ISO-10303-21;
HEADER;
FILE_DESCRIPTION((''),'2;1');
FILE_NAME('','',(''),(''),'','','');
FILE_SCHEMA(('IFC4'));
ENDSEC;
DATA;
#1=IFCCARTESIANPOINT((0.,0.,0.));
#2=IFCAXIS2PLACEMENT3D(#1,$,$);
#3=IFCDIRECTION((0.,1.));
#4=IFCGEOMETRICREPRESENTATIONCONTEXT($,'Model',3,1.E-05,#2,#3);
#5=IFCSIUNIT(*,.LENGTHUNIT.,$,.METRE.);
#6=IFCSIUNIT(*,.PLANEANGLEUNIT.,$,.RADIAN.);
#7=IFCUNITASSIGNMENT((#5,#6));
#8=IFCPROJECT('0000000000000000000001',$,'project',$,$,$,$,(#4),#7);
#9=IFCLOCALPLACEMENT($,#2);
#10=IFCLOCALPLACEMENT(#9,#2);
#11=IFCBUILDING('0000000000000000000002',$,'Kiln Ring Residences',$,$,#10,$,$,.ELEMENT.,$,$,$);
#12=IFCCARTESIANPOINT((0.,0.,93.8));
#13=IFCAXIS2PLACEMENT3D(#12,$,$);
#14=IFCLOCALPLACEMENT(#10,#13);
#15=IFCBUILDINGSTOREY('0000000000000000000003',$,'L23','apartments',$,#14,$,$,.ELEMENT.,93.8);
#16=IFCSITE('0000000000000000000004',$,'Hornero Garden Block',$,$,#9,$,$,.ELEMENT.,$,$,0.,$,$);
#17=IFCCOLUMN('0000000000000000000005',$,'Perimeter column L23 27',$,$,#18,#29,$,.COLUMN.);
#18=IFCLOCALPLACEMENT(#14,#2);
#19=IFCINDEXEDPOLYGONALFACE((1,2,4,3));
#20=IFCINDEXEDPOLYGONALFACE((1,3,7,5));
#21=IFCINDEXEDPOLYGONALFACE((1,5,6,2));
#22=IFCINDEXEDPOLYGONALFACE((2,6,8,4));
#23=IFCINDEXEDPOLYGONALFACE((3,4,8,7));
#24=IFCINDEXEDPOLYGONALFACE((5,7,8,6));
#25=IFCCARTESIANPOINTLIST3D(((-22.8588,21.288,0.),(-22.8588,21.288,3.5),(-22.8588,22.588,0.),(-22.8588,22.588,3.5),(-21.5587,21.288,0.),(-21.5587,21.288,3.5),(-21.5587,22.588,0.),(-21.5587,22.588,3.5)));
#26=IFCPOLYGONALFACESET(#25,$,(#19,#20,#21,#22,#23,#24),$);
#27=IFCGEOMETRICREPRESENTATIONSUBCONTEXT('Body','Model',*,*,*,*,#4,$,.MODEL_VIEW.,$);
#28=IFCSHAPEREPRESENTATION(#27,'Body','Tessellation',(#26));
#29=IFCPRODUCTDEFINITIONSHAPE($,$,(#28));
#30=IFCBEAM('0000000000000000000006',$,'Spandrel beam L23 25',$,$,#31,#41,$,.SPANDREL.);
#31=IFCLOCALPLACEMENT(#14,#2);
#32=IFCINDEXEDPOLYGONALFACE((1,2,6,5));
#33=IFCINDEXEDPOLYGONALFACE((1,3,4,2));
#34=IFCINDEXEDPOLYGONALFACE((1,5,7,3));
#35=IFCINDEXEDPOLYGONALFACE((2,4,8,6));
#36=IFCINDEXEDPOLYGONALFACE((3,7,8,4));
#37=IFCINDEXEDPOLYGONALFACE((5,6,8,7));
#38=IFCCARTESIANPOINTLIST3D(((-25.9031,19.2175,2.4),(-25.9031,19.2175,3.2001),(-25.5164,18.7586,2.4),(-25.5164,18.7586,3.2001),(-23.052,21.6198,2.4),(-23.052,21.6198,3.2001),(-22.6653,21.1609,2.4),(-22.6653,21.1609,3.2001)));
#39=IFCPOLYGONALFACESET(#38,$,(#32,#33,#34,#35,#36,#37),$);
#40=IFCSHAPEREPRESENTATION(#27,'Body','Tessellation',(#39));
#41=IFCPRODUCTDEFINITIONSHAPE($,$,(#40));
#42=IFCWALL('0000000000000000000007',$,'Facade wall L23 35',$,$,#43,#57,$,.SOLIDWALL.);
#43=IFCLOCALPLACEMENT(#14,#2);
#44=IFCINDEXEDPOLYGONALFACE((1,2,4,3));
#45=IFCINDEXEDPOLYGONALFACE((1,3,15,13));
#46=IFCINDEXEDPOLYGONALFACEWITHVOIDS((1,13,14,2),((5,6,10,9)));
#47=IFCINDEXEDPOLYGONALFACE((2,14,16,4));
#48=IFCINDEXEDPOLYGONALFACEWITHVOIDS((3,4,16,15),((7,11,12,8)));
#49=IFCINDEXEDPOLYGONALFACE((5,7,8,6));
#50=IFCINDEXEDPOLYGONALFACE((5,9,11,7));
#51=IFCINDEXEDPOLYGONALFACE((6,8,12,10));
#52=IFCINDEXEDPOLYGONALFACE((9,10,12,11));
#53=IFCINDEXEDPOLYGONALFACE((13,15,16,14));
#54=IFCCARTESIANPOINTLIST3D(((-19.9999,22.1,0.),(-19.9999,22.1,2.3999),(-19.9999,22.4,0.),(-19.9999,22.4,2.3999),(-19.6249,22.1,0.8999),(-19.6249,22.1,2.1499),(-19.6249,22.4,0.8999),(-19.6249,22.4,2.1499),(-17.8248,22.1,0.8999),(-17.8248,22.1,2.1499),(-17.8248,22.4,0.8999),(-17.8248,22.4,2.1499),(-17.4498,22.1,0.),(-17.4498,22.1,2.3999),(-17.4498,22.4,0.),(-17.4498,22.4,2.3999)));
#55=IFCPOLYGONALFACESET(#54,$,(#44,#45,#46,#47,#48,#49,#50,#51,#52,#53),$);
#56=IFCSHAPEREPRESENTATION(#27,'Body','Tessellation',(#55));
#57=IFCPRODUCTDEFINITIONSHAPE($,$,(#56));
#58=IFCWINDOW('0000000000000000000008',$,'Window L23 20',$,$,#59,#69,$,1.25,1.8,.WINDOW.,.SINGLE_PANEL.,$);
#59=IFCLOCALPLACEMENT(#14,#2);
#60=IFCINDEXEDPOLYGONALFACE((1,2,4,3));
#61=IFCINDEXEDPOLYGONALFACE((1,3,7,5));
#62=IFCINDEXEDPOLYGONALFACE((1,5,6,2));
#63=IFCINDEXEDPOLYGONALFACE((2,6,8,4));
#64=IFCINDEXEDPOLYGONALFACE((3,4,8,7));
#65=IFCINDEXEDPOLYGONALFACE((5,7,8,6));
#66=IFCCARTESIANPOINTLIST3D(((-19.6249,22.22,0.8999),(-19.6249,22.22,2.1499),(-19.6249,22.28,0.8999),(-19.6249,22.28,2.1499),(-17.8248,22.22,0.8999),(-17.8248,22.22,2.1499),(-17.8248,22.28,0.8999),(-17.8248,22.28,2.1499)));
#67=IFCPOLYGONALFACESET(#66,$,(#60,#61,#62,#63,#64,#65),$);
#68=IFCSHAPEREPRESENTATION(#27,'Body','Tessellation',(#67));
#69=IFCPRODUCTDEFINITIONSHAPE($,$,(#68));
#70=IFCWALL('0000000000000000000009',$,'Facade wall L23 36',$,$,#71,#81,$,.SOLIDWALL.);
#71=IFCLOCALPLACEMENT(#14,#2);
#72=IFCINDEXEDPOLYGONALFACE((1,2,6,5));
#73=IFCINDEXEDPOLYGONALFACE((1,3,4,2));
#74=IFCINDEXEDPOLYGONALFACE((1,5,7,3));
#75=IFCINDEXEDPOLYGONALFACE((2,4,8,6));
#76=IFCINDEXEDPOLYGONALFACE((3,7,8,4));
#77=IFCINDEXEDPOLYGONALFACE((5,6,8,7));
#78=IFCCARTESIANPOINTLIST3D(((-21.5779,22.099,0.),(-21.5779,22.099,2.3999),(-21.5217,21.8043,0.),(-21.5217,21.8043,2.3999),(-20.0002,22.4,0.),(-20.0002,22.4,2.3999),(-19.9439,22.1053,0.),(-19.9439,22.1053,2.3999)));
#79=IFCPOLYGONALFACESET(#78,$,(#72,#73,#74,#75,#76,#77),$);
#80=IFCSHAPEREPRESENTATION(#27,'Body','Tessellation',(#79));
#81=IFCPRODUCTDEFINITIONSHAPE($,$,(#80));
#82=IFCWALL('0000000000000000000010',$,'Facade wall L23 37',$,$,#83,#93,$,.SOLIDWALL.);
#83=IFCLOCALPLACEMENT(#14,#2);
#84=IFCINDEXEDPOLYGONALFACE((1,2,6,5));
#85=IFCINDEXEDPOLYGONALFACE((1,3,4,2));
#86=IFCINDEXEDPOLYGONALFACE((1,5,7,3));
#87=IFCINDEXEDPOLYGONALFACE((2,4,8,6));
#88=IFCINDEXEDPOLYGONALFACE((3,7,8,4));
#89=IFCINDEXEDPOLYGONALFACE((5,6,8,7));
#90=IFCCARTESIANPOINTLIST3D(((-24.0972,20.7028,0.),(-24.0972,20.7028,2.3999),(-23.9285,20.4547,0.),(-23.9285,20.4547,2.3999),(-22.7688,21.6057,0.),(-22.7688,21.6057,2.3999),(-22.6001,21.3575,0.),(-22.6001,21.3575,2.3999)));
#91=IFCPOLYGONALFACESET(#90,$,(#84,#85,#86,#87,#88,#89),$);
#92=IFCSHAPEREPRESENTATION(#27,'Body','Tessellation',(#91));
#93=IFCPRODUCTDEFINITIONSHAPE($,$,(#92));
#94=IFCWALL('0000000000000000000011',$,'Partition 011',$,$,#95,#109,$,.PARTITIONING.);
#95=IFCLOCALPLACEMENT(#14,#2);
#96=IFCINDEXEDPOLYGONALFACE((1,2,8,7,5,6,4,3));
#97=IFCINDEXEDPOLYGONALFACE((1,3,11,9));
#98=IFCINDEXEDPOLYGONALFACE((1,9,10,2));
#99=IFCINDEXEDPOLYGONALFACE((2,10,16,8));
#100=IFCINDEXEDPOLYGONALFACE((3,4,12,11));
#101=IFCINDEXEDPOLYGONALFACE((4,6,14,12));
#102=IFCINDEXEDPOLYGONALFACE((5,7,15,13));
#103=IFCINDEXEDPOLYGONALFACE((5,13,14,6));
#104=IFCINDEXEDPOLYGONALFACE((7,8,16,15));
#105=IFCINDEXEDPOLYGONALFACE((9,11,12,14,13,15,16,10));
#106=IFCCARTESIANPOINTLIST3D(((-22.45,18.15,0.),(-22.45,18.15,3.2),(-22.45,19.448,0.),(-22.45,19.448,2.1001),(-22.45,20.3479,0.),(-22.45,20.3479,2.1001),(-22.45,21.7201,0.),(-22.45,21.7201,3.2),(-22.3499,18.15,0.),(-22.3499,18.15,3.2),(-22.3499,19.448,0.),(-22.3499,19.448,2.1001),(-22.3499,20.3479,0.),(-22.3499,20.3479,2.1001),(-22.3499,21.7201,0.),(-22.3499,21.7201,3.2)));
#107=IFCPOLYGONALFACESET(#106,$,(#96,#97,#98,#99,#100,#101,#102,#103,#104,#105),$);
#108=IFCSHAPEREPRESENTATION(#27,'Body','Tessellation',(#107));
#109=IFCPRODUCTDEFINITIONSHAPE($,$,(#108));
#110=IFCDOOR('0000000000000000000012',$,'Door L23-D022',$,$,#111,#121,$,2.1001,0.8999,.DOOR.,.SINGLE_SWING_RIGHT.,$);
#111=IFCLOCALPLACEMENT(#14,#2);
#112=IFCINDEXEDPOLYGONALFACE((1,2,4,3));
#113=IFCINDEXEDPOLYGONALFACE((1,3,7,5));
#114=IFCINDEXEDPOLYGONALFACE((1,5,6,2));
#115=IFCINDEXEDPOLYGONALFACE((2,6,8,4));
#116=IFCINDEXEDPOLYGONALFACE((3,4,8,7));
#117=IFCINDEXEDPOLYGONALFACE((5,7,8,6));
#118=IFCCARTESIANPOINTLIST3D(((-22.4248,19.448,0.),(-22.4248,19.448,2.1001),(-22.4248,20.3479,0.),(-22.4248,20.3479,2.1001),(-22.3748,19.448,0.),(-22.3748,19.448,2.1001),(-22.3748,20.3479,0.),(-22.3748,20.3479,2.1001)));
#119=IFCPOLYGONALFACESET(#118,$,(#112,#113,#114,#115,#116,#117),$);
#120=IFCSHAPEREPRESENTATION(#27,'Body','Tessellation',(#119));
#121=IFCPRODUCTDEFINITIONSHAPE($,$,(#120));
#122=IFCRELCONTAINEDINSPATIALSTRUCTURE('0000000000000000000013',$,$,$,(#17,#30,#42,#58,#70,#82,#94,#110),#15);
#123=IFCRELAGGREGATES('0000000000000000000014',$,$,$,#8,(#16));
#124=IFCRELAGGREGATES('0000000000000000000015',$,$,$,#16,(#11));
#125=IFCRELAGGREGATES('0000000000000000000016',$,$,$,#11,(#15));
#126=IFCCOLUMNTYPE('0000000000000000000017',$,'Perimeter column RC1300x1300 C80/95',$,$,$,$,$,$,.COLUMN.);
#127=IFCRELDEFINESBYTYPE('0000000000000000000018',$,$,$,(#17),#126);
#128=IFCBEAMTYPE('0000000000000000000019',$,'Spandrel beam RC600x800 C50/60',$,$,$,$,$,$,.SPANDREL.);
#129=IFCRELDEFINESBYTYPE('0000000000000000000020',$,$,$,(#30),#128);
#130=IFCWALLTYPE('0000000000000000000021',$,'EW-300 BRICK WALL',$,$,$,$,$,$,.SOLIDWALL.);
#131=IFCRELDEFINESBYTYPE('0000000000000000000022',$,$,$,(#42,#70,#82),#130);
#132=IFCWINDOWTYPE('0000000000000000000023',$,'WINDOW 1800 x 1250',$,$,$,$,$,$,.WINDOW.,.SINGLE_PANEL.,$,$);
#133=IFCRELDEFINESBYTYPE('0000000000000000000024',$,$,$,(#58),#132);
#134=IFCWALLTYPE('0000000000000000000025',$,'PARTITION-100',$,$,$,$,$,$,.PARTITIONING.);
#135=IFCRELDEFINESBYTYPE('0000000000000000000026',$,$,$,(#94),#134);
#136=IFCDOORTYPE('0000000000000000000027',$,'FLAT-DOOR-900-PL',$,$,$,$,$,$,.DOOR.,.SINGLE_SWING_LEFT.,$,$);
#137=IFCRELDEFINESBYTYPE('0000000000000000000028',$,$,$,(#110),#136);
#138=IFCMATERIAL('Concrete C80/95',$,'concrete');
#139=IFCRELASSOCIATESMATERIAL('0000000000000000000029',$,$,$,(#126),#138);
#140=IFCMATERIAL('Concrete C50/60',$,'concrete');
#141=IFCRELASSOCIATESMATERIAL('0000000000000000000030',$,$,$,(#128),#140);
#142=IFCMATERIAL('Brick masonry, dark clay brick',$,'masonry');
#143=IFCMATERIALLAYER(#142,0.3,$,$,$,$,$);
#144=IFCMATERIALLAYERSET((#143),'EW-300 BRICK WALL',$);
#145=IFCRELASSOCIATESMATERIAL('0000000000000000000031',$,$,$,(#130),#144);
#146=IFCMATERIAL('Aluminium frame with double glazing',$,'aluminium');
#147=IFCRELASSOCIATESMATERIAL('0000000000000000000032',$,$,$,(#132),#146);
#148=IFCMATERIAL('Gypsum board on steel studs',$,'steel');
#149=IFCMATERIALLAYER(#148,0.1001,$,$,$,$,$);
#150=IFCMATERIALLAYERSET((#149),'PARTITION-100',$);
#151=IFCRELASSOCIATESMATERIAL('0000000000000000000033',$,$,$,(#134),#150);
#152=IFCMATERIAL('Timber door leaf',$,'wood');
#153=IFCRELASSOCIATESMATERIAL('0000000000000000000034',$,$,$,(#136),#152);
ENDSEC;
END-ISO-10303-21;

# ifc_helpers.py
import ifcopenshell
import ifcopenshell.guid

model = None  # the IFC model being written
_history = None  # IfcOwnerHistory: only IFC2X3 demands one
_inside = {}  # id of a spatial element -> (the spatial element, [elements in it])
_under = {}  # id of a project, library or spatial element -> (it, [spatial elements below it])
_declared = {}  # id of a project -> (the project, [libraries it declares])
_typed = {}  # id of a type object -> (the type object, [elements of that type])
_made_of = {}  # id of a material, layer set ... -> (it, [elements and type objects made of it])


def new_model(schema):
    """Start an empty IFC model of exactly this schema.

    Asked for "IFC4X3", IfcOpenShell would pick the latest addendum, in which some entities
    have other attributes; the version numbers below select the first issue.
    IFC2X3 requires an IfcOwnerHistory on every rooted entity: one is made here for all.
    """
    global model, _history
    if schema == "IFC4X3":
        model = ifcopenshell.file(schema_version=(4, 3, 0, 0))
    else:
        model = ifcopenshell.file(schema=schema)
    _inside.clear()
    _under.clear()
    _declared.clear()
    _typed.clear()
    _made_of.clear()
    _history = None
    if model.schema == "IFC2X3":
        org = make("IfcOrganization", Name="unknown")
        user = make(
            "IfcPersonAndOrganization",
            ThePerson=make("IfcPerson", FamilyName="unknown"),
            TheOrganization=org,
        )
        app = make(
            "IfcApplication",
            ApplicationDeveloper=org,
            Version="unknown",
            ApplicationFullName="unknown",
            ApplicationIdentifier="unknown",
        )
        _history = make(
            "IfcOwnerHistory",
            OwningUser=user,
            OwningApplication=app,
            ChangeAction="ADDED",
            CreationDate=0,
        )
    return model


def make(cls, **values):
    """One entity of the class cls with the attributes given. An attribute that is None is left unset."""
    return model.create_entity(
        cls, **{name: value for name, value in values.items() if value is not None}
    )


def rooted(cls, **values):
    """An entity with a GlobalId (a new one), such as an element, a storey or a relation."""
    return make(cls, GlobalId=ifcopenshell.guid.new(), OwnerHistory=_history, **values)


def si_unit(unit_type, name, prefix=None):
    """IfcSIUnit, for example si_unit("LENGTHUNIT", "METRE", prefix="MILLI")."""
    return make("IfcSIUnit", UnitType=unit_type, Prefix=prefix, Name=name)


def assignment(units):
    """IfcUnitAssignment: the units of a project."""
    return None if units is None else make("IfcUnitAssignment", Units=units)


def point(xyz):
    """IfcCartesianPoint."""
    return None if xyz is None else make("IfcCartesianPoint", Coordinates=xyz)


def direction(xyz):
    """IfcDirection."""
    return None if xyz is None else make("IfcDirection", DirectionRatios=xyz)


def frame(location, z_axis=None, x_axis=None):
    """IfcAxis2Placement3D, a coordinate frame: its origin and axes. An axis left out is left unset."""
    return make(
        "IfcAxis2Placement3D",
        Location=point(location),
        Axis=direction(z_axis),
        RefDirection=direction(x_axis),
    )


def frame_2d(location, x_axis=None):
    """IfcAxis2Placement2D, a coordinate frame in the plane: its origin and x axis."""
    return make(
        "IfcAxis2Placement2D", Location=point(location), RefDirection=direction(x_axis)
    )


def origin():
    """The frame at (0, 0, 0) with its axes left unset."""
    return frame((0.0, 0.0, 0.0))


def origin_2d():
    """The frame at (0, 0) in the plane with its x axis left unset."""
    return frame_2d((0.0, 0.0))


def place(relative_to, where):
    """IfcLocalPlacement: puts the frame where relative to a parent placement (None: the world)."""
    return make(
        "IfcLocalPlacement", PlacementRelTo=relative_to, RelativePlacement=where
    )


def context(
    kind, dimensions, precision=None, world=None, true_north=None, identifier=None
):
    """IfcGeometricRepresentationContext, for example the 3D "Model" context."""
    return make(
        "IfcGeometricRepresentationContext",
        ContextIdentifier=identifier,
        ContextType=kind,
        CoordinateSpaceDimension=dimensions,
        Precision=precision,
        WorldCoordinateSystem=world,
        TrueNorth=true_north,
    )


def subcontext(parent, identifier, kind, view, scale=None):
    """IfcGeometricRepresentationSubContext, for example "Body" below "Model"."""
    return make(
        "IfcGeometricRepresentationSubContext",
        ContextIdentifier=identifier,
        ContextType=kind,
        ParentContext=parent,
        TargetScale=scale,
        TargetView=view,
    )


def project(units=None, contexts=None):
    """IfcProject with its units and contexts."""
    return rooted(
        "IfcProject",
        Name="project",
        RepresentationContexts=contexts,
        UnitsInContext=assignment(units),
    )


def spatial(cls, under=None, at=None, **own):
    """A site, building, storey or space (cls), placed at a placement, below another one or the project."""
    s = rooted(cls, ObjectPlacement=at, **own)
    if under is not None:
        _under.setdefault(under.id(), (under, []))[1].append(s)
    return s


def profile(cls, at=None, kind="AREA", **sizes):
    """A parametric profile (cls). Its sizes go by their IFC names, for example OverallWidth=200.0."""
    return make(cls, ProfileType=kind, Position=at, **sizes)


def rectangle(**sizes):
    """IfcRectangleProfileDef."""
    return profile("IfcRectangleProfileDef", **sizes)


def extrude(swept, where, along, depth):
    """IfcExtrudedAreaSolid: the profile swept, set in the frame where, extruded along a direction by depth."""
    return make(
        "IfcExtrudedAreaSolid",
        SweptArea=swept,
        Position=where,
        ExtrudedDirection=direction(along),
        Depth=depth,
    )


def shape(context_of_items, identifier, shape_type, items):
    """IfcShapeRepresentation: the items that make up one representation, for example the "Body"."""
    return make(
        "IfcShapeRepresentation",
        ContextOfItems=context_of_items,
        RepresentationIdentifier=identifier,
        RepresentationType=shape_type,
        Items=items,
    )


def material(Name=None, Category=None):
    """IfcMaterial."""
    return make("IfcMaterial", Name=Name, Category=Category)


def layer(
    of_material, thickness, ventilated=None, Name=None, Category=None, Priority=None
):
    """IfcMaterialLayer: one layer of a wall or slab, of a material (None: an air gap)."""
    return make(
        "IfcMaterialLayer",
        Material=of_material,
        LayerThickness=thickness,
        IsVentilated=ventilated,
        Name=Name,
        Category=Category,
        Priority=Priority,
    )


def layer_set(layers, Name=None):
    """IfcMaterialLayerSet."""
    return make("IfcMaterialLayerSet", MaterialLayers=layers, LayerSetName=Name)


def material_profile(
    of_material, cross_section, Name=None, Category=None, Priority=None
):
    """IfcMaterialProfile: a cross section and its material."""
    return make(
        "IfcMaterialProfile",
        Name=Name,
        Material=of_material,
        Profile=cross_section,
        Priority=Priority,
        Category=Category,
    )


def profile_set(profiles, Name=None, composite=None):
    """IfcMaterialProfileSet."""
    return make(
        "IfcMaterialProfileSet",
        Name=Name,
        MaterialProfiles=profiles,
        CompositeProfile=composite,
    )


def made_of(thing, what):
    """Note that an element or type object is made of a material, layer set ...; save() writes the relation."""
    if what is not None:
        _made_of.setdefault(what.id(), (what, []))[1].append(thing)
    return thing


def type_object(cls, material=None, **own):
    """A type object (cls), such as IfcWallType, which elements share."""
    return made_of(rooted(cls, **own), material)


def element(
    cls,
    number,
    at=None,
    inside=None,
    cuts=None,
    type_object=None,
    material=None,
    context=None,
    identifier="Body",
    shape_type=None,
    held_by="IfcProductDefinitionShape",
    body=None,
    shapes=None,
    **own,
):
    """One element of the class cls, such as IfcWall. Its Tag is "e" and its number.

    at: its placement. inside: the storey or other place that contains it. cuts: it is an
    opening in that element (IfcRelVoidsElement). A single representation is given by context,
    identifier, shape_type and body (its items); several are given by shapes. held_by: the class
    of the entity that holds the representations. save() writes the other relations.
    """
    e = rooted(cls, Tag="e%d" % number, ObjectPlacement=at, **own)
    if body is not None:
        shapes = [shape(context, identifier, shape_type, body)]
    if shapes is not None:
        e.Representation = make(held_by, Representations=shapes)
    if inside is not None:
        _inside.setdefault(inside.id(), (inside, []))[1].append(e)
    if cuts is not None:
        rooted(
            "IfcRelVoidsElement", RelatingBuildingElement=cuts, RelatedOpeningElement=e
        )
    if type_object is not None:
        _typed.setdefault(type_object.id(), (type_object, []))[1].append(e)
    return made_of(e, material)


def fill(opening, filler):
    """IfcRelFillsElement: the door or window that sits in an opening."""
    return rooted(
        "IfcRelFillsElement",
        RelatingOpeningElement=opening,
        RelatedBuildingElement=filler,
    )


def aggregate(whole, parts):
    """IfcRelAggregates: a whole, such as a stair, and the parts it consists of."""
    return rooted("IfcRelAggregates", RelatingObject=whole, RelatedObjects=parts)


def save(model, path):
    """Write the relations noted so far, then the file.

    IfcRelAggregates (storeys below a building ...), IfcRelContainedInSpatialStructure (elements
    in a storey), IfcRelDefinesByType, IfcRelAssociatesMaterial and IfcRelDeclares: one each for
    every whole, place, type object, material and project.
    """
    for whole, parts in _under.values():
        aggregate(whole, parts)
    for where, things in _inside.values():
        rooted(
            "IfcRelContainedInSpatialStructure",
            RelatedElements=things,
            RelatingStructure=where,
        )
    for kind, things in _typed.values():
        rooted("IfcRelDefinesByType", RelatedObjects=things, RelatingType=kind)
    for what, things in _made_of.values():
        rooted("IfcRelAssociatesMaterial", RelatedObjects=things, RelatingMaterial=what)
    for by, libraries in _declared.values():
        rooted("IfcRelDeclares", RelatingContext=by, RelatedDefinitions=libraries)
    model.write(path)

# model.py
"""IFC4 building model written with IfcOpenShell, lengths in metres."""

from ifc_helpers import new_model, si_unit, direction, frame, frame_2d, origin, origin_2d, place, context, subcontext, project, spatial, rectangle, extrude, material, layer, layer_set, material_profile, profile_set, type_object, element, fill, save


model = new_model("IFC4")

# Units and contexts
model_context = context("Model", 3, precision=1e-05, world=origin(), true_north=direction((0.0, 1.0)))
body_context = subcontext(model_context, "Body", "Model", "MODEL_VIEW")
ifc_project = project(units=[si_unit("LENGTHUNIT", "METRE"), si_unit("PLANEANGLEUNIT", "RADIAN")], contexts=[model_context])

# Site, building, storey
site_placement = place(None, origin())
site = spatial("IfcSite", under=ifc_project, at=site_placement, Name="Hornero Garden Block", CompositionType="ELEMENT", RefElevation=0.0)
building_placement = place(site_placement, origin())
building = spatial("IfcBuilding", under=site, at=building_placement, Name="Kiln Ring Residences", CompositionType="ELEMENT")
storey_placement = place(building_placement, frame((0.0, 0.0, 93.8)))
storey = spatial("IfcBuildingStorey", under=building, at=storey_placement, Name="L23", Description="apartments", CompositionType="ELEMENT", Elevation=93.8)

# Column
ifc_material_1 = material(Name="Concrete C80/95", Category="concrete")
ifc_material_profile_1 = material_profile(ifc_material_1, rectangle(XDim=1.3, YDim=1.3, at=origin_2d()), Name="RC1300x1300")
ifc_profile_set_1 = profile_set([ifc_material_profile_1], Name="Concrete C80/95")
column_type = type_object("IfcColumnType", Name="Perimeter column RC1300x1300 C80/95", PredefinedType="COLUMN", material=ifc_profile_set_1)
column_placement = place(storey_placement, frame((-22.2087, 21.938, 0.0), z_axis=(0.0, 0.0, 1.0), x_axis=(1.0, 0.0, 0.0)))
element("IfcColumn", 1, at=column_placement, inside=storey, type_object=column_type, Name="Perimeter column L23 27", PredefinedType="COLUMN", context=body_context, shape_type="SweptSolid", body=[
    extrude(rectangle(XDim=1.3, YDim=1.3, at=origin_2d()), origin(), (0.0, 0.0, 1.0), 3.5),
])

# Beam
ifc_material_2 = material(Name="Concrete C50/60", Category="concrete")
ifc_material_profile_2 = material_profile(ifc_material_2, rectangle(XDim=0.6001, YDim=0.8, at=origin_2d()), Name="RC600x800")
ifc_profile_set_2 = profile_set([ifc_material_profile_2], Name="Concrete C50/60")
beam_type = type_object("IfcBeamType", Name="Spandrel beam RC600x800 C50/60", PredefinedType="SPANDREL", material=ifc_profile_set_2)
beam_placement = place(storey_placement, frame((-22.8586, 21.3904, 2.8), z_axis=(-0.764721, -0.644362, 0.0), x_axis=(0.644362, -0.764721, 0.0)))
element("IfcBeam", 2, at=beam_placement, inside=storey, type_object=beam_type, Name="Spandrel beam L23 25", PredefinedType="SPANDREL", context=body_context, shape_type="SweptSolid", body=[
    extrude(rectangle(XDim=0.6001, YDim=0.8, at=origin_2d()), origin(), (0.0, 0.0, 1.0), 3.7283),
])

# Wall, opening, window
ifc_material_3 = material(Name="Brick masonry, dark clay brick", Category="masonry")
ifc_layer_1 = layer(ifc_material_3, 0.3)
ifc_layer_set_1 = layer_set([ifc_layer_1], Name="EW-300 BRICK WALL")
wall_type_1 = type_object("IfcWallType", Name="EW-300 BRICK WALL", PredefinedType="SOLIDWALL", material=ifc_layer_set_1)
wall_1_placement = place(storey_placement, frame((-17.45, 22.25, 0.0), z_axis=(0.0, 0.0, 1.0), x_axis=(-1.0, 0.0, 0.0)))
wall_1 = element("IfcWall", 3, at=wall_1_placement, inside=storey, type_object=wall_type_1, Name="Facade wall L23 35", PredefinedType="SOLIDWALL", context=body_context, shape_type="SweptSolid", body=[
    extrude(rectangle(XDim=2.55, YDim=0.3, at=frame_2d((1.2749, 0.0))), origin(), (0.0, 0.0, 1.0), 2.3999),
])
opening_1_placement = place(wall_1_placement, frame((0.375, 0.0, 0.8999)))
opening_1 = element("IfcOpeningElement", 4, at=opening_1_placement, cuts=wall_1, PredefinedType="OPENING", context=body_context, shape_type="SweptSolid", body=[
    extrude(rectangle(XDim=1.8, YDim=1.25, at=frame_2d((0.8999, 0.625))), frame((0.0, 0.1599, 0.0), z_axis=(0.0, -1.0, 0.0), x_axis=(1.0, 0.0, 0.0)), (0.0, 0.0, 1.0), 0.3201),
])
ifc_material_4 = material(Name="Aluminium frame with double glazing", Category="aluminium")
window_type = type_object("IfcWindowType", Name="WINDOW 1800 x 1250", PartitioningType="SINGLE_PANEL", PredefinedType="WINDOW", material=ifc_material_4)
window_placement = place(opening_1_placement, origin())
window = element("IfcWindow", 5, at=window_placement, inside=storey, type_object=window_type, Name="Window L23 20", OverallHeight=1.25, OverallWidth=1.8, PartitioningType="SINGLE_PANEL", PredefinedType="WINDOW", context=body_context, shape_type="SweptSolid", body=[
    extrude(rectangle(XDim=1.8, YDim=1.25, at=frame_2d((0.8999, 0.625))), frame((0.0, 0.03, 0.0), z_axis=(0.0, -1.0, 0.0), x_axis=(1.0, 0.0, 0.0)), (0.0, 0.0, 1.0), 0.0601),
])
fill(opening_1, window)

# Walls
for number, where, z_axis, x_axis, name in (
    (6, (-19.9719, 22.2527, 0.0), (0.0, 0.0, 1.0), (-0.982279, -0.187426, 0.0), "Facade wall L23 36"),
    (7, (-22.6843, 21.4817, 0.0), (0.0, 0.0, 1.0), (-0.827059, -0.562115, 0.0), "Facade wall L23 37"),
):
    element("IfcWall", number, at=place(storey_placement, frame(where, z_axis=z_axis, x_axis=x_axis)), inside=storey, type_object=wall_type_1, Name=name, PredefinedType="SOLIDWALL", context=body_context, shape_type="SweptSolid", body=[
        extrude(rectangle(XDim=1.6062, YDim=0.3, at=frame_2d((0.8032, 0.0))), origin(), (0.0, 0.0, 1.0), 2.3999),
    ])

# Wall, opening, door
ifc_material_5 = material(Name="Gypsum board on steel studs", Category="steel")
ifc_layer_2 = layer(ifc_material_5, 0.1001)
ifc_layer_set_2 = layer_set([ifc_layer_2], Name="PARTITION-100")
wall_type_2 = type_object("IfcWallType", Name="PARTITION-100", PredefinedType="PARTITIONING", material=ifc_layer_set_2)
wall_2_placement = place(storey_placement, frame((-22.3999, 18.1499, 0.0), z_axis=(0.0, 0.0, 1.0), x_axis=(0.0, 1.0, 0.0)))
wall_2 = element("IfcWall", 8, at=wall_2_placement, inside=storey, type_object=wall_type_2, Name="Partition 011", PredefinedType="PARTITIONING", context=body_context, shape_type="SweptSolid", body=[
    extrude(rectangle(XDim=3.5701, YDim=0.1001, at=frame_2d((1.7852, 0.0))), origin(), (0.0, 0.0, 1.0), 3.2),
])
opening_2_placement = place(wall_2_placement, frame((1.2981, 0.0, 0.0)))
opening_2 = element("IfcOpeningElement", 9, at=opening_2_placement, cuts=wall_2, PredefinedType="OPENING", context=body_context, shape_type="SweptSolid", body=[
    extrude(rectangle(XDim=0.8999, YDim=2.1001, at=frame_2d((0.45, 1.05))), frame((0.0, 0.0601, 0.0), z_axis=(0.0, -1.0, 0.0), x_axis=(1.0, 0.0, 0.0)), (0.0, 0.0, 1.0), 0.1201),
])
ifc_material_6 = material(Name="Timber door leaf", Category="wood")
door_type = type_object("IfcDoorType", Name="FLAT-DOOR-900-PL", OperationType="SINGLE_SWING_LEFT", PredefinedType="DOOR", material=ifc_material_6)
door_placement = place(opening_2_placement, origin())
door = element("IfcDoor", 10, at=door_placement, inside=storey, type_object=door_type, Name="Door L23-D022", OperationType="SINGLE_SWING_RIGHT", OverallHeight=2.1001, OverallWidth=0.8999, PredefinedType="DOOR", context=body_context, shape_type="SweptSolid", body=[
    extrude(rectangle(XDim=0.8999, YDim=2.1001, at=frame_2d((0.45, 1.05))), frame((0.0, 0.0249, 0.0), z_axis=(0.0, -1.0, 0.0), x_axis=(1.0, 0.0, 0.0)), (0.0, 0.0, 1.0), 0.05),
])
fill(opening_2, door)

save(model, "model.ifc")
